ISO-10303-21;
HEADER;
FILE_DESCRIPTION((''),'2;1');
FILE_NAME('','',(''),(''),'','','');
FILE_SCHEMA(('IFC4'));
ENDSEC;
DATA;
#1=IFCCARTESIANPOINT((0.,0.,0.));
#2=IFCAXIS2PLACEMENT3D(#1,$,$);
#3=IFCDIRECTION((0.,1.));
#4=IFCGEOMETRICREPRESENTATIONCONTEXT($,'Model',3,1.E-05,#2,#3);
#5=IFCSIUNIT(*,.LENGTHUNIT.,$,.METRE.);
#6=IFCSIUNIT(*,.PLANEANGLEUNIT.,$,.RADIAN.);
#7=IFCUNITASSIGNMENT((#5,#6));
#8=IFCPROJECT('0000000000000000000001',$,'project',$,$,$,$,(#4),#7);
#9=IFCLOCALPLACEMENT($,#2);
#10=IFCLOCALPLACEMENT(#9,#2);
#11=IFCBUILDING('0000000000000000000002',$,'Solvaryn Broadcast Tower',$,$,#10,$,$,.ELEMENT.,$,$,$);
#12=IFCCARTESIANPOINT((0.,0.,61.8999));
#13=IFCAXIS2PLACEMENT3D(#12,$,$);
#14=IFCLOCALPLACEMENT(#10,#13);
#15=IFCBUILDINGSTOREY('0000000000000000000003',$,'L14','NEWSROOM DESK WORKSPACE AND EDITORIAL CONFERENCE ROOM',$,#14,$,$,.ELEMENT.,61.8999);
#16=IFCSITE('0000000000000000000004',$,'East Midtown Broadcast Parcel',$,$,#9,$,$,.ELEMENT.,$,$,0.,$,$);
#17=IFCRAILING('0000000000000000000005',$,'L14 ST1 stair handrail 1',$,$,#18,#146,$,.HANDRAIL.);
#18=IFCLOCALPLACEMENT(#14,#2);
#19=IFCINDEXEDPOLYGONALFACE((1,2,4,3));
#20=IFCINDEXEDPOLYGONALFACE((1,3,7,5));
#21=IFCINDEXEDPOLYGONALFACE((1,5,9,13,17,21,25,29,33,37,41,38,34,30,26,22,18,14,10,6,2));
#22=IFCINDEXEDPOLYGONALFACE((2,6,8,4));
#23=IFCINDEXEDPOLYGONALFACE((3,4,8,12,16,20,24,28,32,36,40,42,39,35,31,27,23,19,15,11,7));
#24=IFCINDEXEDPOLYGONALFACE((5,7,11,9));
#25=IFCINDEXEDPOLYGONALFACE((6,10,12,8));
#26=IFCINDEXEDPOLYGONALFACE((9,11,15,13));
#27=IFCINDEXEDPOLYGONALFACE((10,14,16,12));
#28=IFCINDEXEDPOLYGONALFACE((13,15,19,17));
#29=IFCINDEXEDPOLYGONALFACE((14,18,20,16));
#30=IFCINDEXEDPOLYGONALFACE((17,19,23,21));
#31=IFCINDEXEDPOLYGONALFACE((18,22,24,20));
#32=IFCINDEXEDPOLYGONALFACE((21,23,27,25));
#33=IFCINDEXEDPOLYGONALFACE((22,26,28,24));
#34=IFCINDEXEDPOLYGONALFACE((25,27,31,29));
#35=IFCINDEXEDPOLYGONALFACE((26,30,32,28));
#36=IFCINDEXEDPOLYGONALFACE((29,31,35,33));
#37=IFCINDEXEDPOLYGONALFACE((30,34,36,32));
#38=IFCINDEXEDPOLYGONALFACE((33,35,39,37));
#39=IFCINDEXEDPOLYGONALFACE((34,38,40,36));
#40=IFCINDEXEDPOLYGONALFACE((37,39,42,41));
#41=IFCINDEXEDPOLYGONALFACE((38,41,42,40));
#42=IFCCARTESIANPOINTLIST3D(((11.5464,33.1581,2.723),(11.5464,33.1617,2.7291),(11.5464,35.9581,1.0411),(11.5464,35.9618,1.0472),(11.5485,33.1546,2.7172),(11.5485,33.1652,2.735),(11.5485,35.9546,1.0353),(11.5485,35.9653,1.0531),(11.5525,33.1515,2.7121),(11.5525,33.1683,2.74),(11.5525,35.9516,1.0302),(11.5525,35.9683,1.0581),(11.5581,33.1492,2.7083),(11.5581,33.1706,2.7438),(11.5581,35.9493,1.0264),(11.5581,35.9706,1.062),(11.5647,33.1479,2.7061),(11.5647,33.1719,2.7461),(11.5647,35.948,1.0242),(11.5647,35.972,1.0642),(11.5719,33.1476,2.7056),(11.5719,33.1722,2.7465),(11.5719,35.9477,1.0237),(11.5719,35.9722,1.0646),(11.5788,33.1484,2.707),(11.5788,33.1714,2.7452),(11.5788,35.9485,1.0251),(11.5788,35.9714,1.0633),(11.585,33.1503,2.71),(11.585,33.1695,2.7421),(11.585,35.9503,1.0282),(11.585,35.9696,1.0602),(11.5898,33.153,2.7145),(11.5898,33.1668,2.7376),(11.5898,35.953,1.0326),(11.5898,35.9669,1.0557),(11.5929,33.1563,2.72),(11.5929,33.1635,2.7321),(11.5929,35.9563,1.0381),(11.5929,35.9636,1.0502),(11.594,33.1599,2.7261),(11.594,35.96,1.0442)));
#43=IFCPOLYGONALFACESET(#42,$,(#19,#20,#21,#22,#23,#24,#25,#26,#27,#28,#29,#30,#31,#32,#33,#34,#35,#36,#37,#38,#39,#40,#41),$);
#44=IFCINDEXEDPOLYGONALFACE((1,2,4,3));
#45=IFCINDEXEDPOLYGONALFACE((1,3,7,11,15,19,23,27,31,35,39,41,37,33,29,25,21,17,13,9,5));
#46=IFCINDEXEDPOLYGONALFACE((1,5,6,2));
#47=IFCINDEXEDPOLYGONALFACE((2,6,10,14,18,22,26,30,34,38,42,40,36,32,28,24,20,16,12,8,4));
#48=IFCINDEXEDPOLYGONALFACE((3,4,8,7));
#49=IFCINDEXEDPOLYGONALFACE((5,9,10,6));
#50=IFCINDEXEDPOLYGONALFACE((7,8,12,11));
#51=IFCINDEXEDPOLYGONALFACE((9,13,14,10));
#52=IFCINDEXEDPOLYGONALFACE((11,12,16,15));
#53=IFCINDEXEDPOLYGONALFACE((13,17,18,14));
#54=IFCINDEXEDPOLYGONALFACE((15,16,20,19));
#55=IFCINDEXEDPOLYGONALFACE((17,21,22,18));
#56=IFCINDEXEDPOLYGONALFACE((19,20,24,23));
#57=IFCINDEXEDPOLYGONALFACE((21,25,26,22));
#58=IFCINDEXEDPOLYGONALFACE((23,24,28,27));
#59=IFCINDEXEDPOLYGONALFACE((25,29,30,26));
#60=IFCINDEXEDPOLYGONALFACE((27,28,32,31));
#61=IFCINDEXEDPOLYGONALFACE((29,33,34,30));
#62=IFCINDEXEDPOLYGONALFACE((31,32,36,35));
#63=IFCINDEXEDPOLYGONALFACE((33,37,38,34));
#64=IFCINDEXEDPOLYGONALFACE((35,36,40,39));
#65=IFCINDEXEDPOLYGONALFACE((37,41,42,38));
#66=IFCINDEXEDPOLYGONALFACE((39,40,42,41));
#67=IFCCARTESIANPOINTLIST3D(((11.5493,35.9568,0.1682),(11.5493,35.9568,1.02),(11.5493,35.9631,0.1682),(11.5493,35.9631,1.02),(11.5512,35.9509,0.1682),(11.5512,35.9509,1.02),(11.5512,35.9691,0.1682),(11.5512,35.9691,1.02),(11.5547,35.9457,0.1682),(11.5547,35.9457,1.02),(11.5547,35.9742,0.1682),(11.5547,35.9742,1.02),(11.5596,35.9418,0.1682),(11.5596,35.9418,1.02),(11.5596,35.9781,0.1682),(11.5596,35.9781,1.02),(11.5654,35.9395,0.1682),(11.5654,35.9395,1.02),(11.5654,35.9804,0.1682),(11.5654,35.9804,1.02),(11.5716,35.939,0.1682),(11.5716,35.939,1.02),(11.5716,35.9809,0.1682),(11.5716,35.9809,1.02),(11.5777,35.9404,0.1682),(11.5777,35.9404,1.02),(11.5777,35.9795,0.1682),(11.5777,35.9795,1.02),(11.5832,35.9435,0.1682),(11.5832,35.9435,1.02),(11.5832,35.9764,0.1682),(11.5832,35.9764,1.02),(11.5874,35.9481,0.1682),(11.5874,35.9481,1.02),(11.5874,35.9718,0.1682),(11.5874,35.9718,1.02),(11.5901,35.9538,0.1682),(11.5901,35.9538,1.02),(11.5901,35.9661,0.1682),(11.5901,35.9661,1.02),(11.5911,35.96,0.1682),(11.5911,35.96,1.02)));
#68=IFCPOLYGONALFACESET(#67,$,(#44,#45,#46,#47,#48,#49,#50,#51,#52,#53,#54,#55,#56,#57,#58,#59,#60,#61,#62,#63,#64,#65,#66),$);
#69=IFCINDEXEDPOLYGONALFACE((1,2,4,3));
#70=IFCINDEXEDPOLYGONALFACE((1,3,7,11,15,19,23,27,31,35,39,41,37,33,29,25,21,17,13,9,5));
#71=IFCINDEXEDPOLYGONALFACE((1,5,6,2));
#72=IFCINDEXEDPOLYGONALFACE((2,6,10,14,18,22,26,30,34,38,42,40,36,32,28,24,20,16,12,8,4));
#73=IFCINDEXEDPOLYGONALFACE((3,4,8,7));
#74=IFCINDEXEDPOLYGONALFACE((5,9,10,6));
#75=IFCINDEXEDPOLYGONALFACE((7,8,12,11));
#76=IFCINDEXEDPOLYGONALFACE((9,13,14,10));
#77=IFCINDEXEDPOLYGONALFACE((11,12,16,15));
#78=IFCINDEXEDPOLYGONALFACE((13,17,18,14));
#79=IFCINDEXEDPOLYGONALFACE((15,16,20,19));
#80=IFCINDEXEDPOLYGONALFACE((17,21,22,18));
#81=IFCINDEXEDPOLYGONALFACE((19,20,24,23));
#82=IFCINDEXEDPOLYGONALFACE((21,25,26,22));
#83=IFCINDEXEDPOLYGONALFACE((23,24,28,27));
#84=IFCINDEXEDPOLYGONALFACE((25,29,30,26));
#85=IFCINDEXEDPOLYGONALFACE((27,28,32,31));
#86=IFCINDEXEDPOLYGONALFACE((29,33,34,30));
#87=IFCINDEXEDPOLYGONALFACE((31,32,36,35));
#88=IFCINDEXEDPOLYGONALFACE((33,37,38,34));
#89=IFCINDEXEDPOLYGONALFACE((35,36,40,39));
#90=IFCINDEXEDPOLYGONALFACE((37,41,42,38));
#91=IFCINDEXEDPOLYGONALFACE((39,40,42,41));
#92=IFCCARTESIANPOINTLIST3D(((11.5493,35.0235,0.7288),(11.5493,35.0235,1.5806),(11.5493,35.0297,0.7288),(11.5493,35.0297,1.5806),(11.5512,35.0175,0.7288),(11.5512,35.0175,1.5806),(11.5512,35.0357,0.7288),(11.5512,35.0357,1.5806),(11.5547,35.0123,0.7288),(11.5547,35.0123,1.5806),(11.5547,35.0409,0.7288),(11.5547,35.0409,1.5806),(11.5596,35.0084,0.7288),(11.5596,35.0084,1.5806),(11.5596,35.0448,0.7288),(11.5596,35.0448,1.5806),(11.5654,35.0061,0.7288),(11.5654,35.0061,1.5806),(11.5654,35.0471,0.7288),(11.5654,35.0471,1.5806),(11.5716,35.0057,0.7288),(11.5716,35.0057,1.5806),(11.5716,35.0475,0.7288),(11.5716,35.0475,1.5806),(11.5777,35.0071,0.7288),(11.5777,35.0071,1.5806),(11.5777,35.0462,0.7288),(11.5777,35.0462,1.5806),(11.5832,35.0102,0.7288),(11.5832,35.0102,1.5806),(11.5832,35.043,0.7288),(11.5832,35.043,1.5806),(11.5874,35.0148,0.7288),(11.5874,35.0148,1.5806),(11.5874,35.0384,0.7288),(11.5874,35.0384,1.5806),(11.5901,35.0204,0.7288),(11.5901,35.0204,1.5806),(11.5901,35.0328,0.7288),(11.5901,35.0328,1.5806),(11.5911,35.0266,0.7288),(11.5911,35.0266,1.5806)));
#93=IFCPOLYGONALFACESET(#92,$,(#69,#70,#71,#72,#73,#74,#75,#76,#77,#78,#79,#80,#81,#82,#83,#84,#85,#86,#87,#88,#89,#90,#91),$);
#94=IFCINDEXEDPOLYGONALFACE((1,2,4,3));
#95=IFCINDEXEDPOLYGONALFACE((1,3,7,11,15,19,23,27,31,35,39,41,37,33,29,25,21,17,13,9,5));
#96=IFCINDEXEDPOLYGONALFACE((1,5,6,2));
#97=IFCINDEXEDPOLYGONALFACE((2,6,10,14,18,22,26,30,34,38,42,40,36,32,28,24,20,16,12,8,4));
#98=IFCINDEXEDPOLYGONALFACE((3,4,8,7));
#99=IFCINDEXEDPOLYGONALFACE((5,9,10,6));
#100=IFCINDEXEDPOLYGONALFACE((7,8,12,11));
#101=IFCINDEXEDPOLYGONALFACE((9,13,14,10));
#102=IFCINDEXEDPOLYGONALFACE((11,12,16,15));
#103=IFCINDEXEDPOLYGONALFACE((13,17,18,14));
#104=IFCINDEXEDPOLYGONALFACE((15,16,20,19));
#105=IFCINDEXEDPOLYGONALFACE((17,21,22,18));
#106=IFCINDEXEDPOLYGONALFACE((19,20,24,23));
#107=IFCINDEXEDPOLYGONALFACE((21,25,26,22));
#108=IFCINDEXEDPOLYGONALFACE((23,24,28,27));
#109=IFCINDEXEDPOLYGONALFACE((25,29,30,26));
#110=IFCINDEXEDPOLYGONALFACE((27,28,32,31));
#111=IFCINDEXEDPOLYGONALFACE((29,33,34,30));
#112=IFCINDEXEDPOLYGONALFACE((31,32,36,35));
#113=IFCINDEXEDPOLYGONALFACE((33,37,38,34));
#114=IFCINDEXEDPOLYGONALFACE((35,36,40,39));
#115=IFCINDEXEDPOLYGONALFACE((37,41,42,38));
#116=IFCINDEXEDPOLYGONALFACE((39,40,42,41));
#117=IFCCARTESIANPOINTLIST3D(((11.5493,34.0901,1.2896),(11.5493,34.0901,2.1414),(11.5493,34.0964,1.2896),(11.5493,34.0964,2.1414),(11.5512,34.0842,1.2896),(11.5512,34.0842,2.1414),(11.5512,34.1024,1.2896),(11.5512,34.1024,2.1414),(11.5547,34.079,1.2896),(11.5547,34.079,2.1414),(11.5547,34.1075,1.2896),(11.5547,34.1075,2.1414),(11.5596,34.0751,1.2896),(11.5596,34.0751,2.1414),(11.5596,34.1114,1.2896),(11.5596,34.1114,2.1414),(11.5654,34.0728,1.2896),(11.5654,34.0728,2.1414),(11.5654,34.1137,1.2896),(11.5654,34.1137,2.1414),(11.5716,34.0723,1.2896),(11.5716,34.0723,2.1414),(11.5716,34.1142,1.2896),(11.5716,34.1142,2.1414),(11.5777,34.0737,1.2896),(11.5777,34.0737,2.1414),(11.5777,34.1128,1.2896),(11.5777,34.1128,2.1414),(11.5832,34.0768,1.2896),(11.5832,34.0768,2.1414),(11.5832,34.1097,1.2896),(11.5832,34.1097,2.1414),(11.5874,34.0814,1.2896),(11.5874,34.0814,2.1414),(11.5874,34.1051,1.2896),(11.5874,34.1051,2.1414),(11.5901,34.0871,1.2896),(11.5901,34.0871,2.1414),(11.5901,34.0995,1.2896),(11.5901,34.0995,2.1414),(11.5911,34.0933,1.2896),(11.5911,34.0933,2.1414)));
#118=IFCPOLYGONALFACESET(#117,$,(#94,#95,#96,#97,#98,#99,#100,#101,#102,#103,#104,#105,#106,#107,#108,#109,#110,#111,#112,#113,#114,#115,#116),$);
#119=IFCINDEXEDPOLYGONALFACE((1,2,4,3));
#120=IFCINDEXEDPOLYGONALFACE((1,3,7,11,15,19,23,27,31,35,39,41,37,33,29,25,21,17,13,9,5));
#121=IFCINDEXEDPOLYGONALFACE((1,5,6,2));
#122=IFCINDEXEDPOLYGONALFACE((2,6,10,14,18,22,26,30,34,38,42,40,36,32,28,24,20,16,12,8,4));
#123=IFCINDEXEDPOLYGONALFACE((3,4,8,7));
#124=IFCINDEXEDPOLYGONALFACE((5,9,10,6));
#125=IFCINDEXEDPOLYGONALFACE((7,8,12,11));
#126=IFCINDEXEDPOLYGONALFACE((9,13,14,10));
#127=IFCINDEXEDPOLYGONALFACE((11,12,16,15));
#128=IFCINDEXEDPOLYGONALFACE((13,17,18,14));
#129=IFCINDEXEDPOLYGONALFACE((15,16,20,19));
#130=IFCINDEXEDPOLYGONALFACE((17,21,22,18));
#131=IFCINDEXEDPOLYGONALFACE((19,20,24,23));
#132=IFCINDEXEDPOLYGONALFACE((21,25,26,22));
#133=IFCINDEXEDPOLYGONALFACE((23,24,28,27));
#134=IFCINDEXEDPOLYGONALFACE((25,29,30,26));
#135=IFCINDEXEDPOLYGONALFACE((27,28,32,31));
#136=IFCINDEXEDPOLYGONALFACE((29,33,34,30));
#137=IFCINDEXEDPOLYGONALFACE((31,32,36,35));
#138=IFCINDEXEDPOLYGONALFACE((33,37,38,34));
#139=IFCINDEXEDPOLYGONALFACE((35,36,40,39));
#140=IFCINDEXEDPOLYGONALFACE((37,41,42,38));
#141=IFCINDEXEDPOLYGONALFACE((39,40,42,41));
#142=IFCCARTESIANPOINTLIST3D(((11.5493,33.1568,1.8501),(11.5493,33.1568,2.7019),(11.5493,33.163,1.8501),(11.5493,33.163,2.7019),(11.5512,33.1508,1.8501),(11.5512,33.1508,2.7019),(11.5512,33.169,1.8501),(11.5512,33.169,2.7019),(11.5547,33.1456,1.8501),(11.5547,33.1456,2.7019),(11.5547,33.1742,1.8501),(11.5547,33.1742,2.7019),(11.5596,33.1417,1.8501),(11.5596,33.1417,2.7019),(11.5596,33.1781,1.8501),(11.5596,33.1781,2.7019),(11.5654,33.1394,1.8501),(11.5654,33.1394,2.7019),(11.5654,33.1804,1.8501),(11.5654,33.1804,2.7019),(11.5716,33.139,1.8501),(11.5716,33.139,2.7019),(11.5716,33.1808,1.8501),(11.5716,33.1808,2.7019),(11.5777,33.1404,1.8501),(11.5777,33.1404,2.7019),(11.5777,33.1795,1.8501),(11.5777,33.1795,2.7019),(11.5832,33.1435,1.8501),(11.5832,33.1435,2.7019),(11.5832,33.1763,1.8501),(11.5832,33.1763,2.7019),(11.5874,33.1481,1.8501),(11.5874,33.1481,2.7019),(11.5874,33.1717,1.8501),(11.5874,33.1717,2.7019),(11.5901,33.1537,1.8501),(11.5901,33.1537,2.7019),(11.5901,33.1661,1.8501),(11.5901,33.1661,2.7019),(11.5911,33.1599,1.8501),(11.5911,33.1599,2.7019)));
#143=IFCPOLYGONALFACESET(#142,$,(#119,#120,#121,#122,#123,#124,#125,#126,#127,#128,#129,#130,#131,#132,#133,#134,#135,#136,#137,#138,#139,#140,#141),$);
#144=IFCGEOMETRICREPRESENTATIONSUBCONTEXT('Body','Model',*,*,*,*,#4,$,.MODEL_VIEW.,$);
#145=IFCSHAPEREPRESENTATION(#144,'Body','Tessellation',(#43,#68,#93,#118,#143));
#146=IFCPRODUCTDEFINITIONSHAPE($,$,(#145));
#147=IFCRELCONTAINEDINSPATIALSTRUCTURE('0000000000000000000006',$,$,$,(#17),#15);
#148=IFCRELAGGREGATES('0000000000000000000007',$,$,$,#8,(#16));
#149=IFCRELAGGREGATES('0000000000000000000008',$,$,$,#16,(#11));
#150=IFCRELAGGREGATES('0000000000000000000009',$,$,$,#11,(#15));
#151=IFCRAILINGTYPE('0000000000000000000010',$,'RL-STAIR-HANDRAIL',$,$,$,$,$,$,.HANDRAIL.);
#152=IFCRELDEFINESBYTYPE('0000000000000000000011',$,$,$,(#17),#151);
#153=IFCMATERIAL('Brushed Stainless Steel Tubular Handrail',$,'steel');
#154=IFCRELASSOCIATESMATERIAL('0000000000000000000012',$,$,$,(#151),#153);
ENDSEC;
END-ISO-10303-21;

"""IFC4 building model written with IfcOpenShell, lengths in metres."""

from ifc_helpers import new_model, si_unit, direction, frame, origin, origin_2d, place, context, subcontext, project, spatial, circle, extrude, material, type_object, element, save


model = new_model("IFC4")

# Units and contexts
model_context = context("Model", 3, precision=1e-05, world=origin(), true_north=direction((0.0, 1.0)))
body_context = subcontext(model_context, "Body", "Model", "MODEL_VIEW")
ifc_project = project(units=[si_unit("LENGTHUNIT", "METRE"), si_unit("PLANEANGLEUNIT", "RADIAN")], contexts=[model_context])

# Site, building, storey
site_placement = place(None, origin())
site = spatial("IfcSite", under=ifc_project, at=site_placement, Name="East Midtown Broadcast Parcel", CompositionType="ELEMENT", RefElevation=0.0)
building_placement = place(site_placement, origin())
building = spatial("IfcBuilding", under=site, at=building_placement, Name="Solvaryn Broadcast Tower", CompositionType="ELEMENT")
storey_placement = place(building_placement, frame((0.0, 0.0, 61.8999)))
storey = spatial("IfcBuildingStorey", under=building, at=storey_placement, Name="L14", Description="NEWSROOM DESK WORKSPACE AND EDITORIAL CONFERENCE ROOM", CompositionType="ELEMENT", Elevation=61.8999)

# Railing
ifc_material_1 = material(Name="Brushed Stainless Steel Tubular Handrail", Category="steel")
railing_type_1 = type_object("IfcRailingType", Name="RL-STAIR-HANDRAIL", PredefinedType="HANDRAIL", material=ifc_material_1)
railing_1_placement = place(storey_placement, frame((11.5701, 35.96, 0.1682)))
element("IfcRailing", 1, at=railing_1_placement, inside=storey, type_object=railing_type_1, Name="L14 ST1 stair handrail 1", PredefinedType="HANDRAIL", context=body_context, shape_type="SweptSolid", body=[
    extrude(circle(Radius=0.0239, at=origin_2d()), frame((0.0, 0.0, 0.876), z_axis=(0.0, -0.857242, 0.514913), x_axis=(1.0, 0.0, 0.0)), (0.0, 0.0, 1.0), 3.2664),
    extrude(circle(Radius=0.021, at=origin_2d()), origin(), (0.0, 0.0, 1.0), 0.8518),
    extrude(circle(Radius=0.021, at=origin_2d()), frame((0.0, -0.9333, 0.5605)), (0.0, 0.0, 1.0), 0.8518),
    extrude(circle(Radius=0.021, at=origin_2d()), frame((0.0, -1.8667, 1.1213)), (0.0, 0.0, 1.0), 0.8518),
    extrude(circle(Radius=0.021, at=origin_2d()), frame((0.0, -2.8, 1.6819)), (0.0, 0.0, 1.0), 0.8518),
])

save(model, "model.ifc")
